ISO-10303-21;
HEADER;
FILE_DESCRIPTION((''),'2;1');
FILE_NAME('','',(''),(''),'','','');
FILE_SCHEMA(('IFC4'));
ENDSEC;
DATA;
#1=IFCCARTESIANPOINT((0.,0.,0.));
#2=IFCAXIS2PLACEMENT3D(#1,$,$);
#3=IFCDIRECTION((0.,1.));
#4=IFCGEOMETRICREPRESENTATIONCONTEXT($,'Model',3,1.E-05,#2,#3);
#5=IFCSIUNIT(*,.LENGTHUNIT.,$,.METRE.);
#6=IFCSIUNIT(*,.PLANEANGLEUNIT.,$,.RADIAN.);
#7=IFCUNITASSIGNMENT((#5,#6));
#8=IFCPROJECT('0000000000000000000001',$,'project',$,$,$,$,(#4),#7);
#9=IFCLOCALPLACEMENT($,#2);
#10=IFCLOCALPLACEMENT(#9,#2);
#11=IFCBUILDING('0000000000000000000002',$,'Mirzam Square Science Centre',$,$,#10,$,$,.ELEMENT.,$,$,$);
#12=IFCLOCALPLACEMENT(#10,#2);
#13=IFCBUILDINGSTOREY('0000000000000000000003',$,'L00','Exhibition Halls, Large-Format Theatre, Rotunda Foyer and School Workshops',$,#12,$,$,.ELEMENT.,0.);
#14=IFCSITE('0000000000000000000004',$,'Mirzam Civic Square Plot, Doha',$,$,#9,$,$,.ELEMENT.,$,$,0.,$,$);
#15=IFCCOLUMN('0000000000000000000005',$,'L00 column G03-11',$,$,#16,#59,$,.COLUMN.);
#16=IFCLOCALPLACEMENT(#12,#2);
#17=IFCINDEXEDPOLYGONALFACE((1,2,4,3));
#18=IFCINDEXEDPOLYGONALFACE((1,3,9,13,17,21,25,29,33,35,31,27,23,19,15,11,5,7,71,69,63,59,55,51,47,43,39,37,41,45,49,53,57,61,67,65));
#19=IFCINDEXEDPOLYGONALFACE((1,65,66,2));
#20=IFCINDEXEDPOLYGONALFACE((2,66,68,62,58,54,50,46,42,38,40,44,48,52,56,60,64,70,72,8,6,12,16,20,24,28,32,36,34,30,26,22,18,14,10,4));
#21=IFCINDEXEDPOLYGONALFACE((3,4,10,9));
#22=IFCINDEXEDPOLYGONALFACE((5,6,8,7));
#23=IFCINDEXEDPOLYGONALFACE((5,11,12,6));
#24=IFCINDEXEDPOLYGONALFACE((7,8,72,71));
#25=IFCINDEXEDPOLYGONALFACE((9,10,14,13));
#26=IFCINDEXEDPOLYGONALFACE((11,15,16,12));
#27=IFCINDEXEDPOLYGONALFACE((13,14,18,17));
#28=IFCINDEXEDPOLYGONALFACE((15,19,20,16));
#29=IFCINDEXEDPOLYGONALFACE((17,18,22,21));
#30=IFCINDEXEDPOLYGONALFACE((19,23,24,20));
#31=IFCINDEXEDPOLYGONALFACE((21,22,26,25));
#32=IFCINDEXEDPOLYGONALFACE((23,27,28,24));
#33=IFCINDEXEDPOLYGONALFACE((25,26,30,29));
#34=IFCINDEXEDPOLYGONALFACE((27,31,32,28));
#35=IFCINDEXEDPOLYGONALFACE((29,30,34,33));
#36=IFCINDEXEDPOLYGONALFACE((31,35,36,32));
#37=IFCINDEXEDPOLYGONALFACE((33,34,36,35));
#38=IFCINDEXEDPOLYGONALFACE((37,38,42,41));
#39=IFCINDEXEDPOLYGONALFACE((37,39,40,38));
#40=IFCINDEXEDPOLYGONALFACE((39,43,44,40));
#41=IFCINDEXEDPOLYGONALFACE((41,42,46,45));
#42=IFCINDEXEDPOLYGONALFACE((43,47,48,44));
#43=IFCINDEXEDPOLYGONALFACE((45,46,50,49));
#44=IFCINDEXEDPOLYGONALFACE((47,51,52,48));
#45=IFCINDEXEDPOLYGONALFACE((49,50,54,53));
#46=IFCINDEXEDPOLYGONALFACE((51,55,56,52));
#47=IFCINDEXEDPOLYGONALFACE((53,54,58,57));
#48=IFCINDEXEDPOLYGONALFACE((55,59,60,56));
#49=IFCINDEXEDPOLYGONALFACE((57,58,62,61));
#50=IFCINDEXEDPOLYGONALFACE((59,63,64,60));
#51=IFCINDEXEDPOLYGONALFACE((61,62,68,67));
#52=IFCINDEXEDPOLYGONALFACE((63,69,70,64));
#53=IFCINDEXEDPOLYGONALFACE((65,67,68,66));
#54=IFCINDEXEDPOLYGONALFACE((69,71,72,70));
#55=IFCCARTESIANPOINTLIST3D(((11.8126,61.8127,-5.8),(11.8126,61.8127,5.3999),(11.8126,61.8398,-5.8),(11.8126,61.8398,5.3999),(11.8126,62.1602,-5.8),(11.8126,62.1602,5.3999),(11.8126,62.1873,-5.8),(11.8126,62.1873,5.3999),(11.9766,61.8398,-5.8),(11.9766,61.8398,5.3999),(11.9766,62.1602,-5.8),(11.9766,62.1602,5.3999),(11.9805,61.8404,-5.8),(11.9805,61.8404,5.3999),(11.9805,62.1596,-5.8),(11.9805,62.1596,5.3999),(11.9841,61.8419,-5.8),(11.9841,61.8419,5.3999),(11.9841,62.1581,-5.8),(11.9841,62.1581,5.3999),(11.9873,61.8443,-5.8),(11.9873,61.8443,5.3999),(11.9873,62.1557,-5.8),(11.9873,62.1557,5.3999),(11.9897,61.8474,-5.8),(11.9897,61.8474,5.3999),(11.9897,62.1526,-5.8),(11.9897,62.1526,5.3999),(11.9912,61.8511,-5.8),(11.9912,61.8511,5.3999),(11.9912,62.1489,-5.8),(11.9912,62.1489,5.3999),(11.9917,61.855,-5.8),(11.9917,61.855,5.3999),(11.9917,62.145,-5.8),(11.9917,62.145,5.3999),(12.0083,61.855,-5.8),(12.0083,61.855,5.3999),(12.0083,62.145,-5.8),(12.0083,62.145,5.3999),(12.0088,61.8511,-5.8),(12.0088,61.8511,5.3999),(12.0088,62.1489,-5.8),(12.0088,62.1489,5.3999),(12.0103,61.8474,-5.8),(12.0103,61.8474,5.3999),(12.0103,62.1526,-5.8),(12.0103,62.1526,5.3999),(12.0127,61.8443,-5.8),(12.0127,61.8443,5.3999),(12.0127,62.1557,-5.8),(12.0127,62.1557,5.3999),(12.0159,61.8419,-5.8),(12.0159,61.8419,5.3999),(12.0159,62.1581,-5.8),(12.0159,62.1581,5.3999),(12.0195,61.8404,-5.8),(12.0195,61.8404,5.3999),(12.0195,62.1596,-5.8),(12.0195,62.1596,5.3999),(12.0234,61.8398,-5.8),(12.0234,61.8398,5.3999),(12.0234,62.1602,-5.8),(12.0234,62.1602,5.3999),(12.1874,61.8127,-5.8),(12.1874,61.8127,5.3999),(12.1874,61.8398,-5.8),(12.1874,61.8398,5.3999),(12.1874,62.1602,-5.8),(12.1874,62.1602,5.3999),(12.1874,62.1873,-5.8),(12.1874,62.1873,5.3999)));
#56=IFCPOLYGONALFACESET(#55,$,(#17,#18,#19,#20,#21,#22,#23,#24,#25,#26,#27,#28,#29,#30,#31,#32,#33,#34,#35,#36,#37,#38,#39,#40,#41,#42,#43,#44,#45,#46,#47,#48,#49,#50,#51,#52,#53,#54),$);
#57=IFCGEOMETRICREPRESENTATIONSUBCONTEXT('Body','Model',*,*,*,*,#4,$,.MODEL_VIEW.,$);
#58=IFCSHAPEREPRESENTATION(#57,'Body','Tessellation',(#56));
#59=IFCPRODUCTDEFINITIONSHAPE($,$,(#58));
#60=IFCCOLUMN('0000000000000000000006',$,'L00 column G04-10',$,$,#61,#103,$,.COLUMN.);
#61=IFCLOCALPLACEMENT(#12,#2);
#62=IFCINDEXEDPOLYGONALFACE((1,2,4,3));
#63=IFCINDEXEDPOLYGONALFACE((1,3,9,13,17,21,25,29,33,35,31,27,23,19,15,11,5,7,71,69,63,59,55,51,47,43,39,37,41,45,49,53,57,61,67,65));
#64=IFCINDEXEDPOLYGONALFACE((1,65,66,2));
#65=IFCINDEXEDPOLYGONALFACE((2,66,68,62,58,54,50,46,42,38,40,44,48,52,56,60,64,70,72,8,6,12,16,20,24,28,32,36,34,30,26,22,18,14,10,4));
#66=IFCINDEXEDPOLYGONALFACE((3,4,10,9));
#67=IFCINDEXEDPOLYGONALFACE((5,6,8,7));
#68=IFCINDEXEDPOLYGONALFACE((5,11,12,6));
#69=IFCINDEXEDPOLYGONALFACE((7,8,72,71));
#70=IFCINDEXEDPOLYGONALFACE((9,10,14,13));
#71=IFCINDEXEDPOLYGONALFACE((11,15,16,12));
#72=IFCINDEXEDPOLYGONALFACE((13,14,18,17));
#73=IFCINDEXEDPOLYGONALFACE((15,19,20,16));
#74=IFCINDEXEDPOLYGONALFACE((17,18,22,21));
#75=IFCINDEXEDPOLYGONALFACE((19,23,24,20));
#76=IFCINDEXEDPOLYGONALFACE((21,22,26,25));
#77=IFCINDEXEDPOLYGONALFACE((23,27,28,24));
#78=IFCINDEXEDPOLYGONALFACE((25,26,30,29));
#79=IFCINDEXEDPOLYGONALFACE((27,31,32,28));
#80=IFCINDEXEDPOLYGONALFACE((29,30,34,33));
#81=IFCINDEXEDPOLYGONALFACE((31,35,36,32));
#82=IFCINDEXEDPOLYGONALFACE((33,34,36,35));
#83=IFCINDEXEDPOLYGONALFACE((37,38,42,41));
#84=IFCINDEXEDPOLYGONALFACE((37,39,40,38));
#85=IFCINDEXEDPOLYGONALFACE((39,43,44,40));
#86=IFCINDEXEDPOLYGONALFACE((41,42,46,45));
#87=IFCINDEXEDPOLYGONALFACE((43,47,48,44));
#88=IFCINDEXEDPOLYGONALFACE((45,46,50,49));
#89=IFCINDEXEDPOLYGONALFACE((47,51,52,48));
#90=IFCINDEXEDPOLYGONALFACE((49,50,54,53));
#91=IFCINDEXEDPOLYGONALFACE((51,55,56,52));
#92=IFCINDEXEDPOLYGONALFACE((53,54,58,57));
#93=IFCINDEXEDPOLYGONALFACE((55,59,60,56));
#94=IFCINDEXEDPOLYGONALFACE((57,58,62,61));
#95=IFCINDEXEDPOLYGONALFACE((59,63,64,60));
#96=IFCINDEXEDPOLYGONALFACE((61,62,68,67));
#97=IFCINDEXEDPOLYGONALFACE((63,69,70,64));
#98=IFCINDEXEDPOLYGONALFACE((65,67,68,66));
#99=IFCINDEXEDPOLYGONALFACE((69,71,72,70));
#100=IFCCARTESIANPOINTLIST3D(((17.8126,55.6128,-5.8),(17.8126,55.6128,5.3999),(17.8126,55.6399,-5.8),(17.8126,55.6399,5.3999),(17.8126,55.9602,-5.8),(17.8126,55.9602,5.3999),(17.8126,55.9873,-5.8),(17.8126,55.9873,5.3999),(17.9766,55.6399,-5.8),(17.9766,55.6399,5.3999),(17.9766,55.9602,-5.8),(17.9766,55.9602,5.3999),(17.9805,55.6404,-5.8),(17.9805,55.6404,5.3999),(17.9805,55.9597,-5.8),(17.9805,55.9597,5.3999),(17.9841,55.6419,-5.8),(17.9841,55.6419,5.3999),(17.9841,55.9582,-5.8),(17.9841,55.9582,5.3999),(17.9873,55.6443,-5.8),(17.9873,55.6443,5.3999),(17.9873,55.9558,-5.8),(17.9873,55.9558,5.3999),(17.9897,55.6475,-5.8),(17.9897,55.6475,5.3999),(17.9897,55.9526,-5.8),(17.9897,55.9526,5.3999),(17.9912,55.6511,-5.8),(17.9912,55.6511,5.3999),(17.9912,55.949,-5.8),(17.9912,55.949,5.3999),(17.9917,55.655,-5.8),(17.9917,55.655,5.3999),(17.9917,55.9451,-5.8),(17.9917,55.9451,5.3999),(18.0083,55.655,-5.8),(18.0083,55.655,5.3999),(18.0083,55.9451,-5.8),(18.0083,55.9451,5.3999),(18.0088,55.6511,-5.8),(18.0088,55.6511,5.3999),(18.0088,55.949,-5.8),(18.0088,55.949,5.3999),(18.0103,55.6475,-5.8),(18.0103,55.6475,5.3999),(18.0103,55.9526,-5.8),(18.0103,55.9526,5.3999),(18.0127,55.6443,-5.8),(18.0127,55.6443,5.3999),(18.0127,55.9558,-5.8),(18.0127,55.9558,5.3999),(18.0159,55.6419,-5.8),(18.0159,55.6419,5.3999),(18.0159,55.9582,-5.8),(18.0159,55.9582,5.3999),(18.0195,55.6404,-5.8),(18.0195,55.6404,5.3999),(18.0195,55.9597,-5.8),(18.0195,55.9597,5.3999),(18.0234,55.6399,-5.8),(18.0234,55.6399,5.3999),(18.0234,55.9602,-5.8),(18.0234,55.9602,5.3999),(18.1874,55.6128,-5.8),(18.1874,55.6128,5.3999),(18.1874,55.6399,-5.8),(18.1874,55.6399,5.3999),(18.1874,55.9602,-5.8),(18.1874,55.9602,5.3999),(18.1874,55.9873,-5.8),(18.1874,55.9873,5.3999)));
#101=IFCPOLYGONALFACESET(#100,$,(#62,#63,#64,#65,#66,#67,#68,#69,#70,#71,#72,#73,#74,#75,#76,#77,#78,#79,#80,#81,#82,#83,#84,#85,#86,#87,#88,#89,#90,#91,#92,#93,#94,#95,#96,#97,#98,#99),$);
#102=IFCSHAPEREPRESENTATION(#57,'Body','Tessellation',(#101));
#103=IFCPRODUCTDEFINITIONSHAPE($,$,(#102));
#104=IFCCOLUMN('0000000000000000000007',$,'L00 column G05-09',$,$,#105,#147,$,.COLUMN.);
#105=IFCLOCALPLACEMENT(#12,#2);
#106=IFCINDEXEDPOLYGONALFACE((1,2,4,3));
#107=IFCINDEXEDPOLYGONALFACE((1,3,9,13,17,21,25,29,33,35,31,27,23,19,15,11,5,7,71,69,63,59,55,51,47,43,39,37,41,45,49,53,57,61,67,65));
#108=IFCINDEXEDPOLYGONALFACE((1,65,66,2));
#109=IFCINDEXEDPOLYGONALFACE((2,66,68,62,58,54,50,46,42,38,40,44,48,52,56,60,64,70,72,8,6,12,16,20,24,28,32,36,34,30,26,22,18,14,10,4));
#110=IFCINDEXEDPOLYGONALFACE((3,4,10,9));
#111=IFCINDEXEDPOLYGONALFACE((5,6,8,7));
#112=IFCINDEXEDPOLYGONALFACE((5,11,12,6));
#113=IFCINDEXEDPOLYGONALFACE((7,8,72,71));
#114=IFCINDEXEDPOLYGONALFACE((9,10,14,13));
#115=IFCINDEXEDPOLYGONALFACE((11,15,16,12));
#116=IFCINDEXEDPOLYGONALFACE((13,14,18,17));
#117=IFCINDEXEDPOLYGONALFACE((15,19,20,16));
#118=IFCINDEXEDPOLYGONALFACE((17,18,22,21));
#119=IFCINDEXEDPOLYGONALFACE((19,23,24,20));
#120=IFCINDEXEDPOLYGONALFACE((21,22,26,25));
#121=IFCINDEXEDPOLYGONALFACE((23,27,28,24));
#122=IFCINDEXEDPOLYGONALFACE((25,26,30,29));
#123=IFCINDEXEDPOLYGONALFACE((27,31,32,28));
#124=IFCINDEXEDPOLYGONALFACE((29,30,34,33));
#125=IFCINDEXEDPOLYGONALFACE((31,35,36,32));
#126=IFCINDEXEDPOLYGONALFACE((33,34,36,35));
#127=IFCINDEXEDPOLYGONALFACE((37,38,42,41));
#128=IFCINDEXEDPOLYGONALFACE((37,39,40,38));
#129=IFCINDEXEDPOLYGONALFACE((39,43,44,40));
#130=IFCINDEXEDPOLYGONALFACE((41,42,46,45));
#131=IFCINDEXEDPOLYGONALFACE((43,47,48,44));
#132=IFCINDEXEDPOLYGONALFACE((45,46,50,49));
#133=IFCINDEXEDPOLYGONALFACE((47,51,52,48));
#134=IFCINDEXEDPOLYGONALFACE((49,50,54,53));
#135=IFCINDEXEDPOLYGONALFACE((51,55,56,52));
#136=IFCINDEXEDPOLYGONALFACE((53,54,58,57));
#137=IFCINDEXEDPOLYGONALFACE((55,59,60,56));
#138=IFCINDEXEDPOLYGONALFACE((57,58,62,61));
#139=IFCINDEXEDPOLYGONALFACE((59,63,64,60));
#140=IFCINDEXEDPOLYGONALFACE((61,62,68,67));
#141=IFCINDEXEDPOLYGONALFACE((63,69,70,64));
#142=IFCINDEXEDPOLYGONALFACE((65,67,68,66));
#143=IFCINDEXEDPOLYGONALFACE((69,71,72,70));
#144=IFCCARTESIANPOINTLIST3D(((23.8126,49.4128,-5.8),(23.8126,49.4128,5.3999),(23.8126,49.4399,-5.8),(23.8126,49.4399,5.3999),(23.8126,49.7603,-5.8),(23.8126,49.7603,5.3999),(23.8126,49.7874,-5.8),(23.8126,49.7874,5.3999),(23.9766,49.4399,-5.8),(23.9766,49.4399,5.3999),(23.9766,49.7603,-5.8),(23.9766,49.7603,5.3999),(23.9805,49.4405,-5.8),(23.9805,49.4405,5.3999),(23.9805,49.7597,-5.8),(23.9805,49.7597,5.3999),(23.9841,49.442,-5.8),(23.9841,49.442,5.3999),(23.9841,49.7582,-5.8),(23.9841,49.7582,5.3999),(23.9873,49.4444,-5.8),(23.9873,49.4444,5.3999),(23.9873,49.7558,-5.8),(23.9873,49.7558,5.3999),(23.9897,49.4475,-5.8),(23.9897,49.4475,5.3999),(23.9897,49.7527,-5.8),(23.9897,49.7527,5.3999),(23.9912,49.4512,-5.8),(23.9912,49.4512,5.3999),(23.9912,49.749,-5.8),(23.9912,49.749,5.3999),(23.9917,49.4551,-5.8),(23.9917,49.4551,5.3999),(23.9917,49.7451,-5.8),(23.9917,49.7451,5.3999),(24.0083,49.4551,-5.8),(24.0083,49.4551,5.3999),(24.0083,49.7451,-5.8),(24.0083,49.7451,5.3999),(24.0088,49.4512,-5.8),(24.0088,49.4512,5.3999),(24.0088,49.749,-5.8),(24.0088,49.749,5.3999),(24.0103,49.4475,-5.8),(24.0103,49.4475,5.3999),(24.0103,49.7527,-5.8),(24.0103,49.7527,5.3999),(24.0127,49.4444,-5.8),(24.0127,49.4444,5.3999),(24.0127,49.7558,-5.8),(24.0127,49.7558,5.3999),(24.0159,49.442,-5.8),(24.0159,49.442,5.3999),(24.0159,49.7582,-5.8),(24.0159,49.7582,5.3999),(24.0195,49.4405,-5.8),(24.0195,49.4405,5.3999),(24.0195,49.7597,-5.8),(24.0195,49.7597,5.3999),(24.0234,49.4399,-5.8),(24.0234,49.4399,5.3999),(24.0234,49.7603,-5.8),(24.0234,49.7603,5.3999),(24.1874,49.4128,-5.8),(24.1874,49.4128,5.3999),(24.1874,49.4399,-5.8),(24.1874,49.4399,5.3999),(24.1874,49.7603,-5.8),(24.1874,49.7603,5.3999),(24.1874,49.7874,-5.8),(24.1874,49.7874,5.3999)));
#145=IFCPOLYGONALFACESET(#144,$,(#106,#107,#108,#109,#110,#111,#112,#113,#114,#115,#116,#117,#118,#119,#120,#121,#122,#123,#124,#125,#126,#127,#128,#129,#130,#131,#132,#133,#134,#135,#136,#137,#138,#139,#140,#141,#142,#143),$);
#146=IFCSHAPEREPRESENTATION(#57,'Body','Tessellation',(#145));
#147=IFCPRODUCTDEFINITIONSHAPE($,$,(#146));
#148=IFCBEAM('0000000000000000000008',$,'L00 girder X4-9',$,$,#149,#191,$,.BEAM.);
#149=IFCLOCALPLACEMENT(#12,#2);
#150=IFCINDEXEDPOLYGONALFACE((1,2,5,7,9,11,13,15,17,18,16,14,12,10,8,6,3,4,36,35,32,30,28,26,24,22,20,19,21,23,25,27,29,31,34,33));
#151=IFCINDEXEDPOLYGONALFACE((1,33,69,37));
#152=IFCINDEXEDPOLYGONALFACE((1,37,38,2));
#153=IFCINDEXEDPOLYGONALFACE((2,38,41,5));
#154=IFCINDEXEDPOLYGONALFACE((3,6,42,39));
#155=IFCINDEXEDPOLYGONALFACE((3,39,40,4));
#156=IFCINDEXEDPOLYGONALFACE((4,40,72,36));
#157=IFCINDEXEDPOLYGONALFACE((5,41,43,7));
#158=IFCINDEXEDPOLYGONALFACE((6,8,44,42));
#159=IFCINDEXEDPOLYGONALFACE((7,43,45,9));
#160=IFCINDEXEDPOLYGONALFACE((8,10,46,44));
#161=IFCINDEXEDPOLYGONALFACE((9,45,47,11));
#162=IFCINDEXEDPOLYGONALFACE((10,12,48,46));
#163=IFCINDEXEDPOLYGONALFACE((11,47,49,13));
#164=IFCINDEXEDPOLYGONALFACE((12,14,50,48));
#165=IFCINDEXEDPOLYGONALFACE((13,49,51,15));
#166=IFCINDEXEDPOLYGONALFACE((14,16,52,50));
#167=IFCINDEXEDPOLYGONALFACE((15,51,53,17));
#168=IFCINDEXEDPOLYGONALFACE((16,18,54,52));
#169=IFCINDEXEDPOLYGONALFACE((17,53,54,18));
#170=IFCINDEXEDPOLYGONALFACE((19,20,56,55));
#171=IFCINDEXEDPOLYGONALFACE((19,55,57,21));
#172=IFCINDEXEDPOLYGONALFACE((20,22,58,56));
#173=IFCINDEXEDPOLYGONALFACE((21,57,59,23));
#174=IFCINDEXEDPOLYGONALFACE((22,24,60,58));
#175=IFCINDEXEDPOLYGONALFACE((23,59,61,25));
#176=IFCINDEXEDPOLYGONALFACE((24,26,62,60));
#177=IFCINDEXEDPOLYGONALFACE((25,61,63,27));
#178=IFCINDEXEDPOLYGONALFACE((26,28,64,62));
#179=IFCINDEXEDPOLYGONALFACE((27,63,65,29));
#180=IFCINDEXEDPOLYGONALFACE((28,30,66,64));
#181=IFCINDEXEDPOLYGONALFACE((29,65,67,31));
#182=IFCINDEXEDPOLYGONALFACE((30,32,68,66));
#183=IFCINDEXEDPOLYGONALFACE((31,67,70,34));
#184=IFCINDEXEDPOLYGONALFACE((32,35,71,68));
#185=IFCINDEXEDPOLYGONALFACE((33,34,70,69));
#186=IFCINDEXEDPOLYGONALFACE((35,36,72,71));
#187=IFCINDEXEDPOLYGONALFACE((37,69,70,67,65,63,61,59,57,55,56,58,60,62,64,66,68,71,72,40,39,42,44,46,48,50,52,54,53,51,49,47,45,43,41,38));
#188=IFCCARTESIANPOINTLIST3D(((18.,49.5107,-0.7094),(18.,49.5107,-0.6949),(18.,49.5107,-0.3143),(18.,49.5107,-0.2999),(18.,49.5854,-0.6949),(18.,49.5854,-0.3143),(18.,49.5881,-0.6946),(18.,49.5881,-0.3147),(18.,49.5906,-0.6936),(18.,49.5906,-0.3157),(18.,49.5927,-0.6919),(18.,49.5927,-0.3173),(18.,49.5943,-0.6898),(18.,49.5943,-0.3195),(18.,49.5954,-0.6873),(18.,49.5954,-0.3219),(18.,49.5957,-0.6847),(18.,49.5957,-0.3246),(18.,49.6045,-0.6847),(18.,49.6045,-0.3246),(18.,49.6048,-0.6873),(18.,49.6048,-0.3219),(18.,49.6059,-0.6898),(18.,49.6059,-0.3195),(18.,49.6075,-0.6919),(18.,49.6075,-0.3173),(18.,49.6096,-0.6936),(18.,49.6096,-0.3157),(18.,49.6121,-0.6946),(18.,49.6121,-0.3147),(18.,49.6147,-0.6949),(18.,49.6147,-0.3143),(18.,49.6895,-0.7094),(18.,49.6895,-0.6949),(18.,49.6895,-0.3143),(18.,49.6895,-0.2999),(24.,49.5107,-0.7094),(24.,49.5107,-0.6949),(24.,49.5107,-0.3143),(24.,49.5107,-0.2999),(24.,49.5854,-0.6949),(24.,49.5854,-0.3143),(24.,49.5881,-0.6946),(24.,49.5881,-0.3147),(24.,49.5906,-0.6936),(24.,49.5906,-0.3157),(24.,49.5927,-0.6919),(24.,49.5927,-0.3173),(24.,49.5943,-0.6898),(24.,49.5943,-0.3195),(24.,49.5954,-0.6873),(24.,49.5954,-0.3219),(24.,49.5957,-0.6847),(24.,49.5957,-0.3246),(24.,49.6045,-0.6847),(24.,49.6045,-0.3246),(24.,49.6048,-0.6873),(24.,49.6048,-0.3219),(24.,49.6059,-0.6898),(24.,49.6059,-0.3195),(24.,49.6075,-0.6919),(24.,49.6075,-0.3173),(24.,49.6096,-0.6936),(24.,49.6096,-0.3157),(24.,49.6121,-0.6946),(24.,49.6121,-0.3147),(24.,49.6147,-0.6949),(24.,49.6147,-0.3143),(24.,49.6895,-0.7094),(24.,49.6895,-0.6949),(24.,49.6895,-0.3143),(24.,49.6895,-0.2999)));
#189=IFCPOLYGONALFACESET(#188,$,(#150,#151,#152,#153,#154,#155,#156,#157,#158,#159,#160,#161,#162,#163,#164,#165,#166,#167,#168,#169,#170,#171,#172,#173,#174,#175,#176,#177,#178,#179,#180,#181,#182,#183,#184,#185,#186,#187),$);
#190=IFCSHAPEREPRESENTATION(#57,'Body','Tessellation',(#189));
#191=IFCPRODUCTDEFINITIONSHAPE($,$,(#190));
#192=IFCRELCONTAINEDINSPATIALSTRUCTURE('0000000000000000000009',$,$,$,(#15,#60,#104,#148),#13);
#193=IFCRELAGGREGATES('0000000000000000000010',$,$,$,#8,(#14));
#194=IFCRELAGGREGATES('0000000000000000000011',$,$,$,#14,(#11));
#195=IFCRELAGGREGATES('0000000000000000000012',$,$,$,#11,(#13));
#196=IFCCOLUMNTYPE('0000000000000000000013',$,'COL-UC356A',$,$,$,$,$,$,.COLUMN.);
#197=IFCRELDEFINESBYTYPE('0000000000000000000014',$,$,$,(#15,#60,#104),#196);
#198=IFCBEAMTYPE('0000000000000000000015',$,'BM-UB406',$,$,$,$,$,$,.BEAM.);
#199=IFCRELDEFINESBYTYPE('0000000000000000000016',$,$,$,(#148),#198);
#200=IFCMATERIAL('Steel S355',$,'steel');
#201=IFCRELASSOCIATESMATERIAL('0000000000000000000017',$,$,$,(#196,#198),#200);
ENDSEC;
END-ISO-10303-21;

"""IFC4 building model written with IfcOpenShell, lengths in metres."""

from ifc_helpers import new_model, si_unit, direction, frame, origin, origin_2d, place, context, subcontext, project, spatial, i_section, extrude, material, material_profile, profile_set, type_object, element, save


model = new_model("IFC4")

# Units and contexts
model_context = context("Model", 3, precision=1e-05, world=origin(), true_north=direction((0.0, 1.0)))
body_context = subcontext(model_context, "Body", "Model", "MODEL_VIEW")
ifc_project = project(units=[si_unit("LENGTHUNIT", "METRE"), si_unit("PLANEANGLEUNIT", "RADIAN")], contexts=[model_context])

# Site, building, storey
site_placement = place(None, origin())
site = spatial("IfcSite", under=ifc_project, at=site_placement, Name="Mirzam Civic Square Plot, Doha", CompositionType="ELEMENT", RefElevation=0.0)
building_placement = place(site_placement, origin())
building = spatial("IfcBuilding", under=site, at=building_placement, Name="Mirzam Square Science Centre", CompositionType="ELEMENT")
storey_placement = place(building_placement, origin())
storey = spatial("IfcBuildingStorey", under=building, at=storey_placement, Name="L00", Description="Exhibition Halls, Large-Format Theatre, Rotunda Foyer and School Workshops", CompositionType="ELEMENT", Elevation=0.0)

# Columns
ifc_material_1 = material(Name="Steel S355", Category="steel")
ifc_material_profile_1 = material_profile(ifc_material_1, i_section(OverallWidth=0.3748, OverallDepth=0.3745, WebThickness=0.0166, FlangeThickness=0.0271, FilletRadius=0.0151, at=origin_2d()), Name="356x368x202UC")
ifc_profile_set_1 = profile_set([ifc_material_profile_1], Name="Steel S355")
column_type_1 = type_object("IfcColumnType", Name="COL-UC356A", PredefinedType="COLUMN", material=ifc_profile_set_1)
for number, where, z_axis, x_axis, name in (
    (1, (12.0, 62.0, -5.8), (0.0, 0.0, 1.0), (1.0, 0.0, 0.0), "L00 column G03-11"),
    (2, (18.0, 55.8, -5.8), (0.0, 0.0, 1.0), (1.0, 0.0, 0.0), "L00 column G04-10"),
    (3, (24.0, 49.6001, -5.8), (0.0, 0.0, 1.0), (1.0, 0.0, 0.0), "L00 column G05-09"),
):
    element("IfcColumn", number, at=place(storey_placement, frame(where, z_axis=z_axis, x_axis=x_axis)), inside=storey, type_object=column_type_1, Name=name, PredefinedType="COLUMN", context=body_context, shape_type="SweptSolid", body=[
        extrude(i_section(OverallWidth=0.3748, OverallDepth=0.3745, WebThickness=0.0166, FlangeThickness=0.0271, FilletRadius=0.0151, at=origin_2d()), origin(), (0.0, 0.0, 1.0), 11.2),
    ])

# Beam
ifc_material_profile_2 = material_profile(ifc_material_1, i_section(OverallWidth=0.1787, OverallDepth=0.4094, WebThickness=0.0088, FlangeThickness=0.0144, FilletRadius=0.0103, at=origin_2d()), Name="406x178x67UB")
ifc_profile_set_2 = profile_set([ifc_material_profile_2], Name="Steel S355")
beam_type_1 = type_object("IfcBeamType", Name="BM-UB406", PredefinedType="BEAM", material=ifc_profile_set_2)
for number, where, z_axis, x_axis, name in (
    (4, (18.0, 49.6001, -0.5046), (1.0, 0.0, 0.0), (0.0, 1.0, 0.0), "L00 girder X4-9"),
):
    element("IfcBeam", number, at=place(storey_placement, frame(where, z_axis=z_axis, x_axis=x_axis)), inside=storey, type_object=beam_type_1, Name=name, PredefinedType="BEAM", context=body_context, shape_type="SweptSolid", body=[
        extrude(i_section(OverallWidth=0.1787, OverallDepth=0.4094, WebThickness=0.0088, FlangeThickness=0.0144, FilletRadius=0.0103, at=origin_2d()), origin(), (0.0, 0.0, 1.0), 6.0),
    ])

save(model, "model.ifc")
